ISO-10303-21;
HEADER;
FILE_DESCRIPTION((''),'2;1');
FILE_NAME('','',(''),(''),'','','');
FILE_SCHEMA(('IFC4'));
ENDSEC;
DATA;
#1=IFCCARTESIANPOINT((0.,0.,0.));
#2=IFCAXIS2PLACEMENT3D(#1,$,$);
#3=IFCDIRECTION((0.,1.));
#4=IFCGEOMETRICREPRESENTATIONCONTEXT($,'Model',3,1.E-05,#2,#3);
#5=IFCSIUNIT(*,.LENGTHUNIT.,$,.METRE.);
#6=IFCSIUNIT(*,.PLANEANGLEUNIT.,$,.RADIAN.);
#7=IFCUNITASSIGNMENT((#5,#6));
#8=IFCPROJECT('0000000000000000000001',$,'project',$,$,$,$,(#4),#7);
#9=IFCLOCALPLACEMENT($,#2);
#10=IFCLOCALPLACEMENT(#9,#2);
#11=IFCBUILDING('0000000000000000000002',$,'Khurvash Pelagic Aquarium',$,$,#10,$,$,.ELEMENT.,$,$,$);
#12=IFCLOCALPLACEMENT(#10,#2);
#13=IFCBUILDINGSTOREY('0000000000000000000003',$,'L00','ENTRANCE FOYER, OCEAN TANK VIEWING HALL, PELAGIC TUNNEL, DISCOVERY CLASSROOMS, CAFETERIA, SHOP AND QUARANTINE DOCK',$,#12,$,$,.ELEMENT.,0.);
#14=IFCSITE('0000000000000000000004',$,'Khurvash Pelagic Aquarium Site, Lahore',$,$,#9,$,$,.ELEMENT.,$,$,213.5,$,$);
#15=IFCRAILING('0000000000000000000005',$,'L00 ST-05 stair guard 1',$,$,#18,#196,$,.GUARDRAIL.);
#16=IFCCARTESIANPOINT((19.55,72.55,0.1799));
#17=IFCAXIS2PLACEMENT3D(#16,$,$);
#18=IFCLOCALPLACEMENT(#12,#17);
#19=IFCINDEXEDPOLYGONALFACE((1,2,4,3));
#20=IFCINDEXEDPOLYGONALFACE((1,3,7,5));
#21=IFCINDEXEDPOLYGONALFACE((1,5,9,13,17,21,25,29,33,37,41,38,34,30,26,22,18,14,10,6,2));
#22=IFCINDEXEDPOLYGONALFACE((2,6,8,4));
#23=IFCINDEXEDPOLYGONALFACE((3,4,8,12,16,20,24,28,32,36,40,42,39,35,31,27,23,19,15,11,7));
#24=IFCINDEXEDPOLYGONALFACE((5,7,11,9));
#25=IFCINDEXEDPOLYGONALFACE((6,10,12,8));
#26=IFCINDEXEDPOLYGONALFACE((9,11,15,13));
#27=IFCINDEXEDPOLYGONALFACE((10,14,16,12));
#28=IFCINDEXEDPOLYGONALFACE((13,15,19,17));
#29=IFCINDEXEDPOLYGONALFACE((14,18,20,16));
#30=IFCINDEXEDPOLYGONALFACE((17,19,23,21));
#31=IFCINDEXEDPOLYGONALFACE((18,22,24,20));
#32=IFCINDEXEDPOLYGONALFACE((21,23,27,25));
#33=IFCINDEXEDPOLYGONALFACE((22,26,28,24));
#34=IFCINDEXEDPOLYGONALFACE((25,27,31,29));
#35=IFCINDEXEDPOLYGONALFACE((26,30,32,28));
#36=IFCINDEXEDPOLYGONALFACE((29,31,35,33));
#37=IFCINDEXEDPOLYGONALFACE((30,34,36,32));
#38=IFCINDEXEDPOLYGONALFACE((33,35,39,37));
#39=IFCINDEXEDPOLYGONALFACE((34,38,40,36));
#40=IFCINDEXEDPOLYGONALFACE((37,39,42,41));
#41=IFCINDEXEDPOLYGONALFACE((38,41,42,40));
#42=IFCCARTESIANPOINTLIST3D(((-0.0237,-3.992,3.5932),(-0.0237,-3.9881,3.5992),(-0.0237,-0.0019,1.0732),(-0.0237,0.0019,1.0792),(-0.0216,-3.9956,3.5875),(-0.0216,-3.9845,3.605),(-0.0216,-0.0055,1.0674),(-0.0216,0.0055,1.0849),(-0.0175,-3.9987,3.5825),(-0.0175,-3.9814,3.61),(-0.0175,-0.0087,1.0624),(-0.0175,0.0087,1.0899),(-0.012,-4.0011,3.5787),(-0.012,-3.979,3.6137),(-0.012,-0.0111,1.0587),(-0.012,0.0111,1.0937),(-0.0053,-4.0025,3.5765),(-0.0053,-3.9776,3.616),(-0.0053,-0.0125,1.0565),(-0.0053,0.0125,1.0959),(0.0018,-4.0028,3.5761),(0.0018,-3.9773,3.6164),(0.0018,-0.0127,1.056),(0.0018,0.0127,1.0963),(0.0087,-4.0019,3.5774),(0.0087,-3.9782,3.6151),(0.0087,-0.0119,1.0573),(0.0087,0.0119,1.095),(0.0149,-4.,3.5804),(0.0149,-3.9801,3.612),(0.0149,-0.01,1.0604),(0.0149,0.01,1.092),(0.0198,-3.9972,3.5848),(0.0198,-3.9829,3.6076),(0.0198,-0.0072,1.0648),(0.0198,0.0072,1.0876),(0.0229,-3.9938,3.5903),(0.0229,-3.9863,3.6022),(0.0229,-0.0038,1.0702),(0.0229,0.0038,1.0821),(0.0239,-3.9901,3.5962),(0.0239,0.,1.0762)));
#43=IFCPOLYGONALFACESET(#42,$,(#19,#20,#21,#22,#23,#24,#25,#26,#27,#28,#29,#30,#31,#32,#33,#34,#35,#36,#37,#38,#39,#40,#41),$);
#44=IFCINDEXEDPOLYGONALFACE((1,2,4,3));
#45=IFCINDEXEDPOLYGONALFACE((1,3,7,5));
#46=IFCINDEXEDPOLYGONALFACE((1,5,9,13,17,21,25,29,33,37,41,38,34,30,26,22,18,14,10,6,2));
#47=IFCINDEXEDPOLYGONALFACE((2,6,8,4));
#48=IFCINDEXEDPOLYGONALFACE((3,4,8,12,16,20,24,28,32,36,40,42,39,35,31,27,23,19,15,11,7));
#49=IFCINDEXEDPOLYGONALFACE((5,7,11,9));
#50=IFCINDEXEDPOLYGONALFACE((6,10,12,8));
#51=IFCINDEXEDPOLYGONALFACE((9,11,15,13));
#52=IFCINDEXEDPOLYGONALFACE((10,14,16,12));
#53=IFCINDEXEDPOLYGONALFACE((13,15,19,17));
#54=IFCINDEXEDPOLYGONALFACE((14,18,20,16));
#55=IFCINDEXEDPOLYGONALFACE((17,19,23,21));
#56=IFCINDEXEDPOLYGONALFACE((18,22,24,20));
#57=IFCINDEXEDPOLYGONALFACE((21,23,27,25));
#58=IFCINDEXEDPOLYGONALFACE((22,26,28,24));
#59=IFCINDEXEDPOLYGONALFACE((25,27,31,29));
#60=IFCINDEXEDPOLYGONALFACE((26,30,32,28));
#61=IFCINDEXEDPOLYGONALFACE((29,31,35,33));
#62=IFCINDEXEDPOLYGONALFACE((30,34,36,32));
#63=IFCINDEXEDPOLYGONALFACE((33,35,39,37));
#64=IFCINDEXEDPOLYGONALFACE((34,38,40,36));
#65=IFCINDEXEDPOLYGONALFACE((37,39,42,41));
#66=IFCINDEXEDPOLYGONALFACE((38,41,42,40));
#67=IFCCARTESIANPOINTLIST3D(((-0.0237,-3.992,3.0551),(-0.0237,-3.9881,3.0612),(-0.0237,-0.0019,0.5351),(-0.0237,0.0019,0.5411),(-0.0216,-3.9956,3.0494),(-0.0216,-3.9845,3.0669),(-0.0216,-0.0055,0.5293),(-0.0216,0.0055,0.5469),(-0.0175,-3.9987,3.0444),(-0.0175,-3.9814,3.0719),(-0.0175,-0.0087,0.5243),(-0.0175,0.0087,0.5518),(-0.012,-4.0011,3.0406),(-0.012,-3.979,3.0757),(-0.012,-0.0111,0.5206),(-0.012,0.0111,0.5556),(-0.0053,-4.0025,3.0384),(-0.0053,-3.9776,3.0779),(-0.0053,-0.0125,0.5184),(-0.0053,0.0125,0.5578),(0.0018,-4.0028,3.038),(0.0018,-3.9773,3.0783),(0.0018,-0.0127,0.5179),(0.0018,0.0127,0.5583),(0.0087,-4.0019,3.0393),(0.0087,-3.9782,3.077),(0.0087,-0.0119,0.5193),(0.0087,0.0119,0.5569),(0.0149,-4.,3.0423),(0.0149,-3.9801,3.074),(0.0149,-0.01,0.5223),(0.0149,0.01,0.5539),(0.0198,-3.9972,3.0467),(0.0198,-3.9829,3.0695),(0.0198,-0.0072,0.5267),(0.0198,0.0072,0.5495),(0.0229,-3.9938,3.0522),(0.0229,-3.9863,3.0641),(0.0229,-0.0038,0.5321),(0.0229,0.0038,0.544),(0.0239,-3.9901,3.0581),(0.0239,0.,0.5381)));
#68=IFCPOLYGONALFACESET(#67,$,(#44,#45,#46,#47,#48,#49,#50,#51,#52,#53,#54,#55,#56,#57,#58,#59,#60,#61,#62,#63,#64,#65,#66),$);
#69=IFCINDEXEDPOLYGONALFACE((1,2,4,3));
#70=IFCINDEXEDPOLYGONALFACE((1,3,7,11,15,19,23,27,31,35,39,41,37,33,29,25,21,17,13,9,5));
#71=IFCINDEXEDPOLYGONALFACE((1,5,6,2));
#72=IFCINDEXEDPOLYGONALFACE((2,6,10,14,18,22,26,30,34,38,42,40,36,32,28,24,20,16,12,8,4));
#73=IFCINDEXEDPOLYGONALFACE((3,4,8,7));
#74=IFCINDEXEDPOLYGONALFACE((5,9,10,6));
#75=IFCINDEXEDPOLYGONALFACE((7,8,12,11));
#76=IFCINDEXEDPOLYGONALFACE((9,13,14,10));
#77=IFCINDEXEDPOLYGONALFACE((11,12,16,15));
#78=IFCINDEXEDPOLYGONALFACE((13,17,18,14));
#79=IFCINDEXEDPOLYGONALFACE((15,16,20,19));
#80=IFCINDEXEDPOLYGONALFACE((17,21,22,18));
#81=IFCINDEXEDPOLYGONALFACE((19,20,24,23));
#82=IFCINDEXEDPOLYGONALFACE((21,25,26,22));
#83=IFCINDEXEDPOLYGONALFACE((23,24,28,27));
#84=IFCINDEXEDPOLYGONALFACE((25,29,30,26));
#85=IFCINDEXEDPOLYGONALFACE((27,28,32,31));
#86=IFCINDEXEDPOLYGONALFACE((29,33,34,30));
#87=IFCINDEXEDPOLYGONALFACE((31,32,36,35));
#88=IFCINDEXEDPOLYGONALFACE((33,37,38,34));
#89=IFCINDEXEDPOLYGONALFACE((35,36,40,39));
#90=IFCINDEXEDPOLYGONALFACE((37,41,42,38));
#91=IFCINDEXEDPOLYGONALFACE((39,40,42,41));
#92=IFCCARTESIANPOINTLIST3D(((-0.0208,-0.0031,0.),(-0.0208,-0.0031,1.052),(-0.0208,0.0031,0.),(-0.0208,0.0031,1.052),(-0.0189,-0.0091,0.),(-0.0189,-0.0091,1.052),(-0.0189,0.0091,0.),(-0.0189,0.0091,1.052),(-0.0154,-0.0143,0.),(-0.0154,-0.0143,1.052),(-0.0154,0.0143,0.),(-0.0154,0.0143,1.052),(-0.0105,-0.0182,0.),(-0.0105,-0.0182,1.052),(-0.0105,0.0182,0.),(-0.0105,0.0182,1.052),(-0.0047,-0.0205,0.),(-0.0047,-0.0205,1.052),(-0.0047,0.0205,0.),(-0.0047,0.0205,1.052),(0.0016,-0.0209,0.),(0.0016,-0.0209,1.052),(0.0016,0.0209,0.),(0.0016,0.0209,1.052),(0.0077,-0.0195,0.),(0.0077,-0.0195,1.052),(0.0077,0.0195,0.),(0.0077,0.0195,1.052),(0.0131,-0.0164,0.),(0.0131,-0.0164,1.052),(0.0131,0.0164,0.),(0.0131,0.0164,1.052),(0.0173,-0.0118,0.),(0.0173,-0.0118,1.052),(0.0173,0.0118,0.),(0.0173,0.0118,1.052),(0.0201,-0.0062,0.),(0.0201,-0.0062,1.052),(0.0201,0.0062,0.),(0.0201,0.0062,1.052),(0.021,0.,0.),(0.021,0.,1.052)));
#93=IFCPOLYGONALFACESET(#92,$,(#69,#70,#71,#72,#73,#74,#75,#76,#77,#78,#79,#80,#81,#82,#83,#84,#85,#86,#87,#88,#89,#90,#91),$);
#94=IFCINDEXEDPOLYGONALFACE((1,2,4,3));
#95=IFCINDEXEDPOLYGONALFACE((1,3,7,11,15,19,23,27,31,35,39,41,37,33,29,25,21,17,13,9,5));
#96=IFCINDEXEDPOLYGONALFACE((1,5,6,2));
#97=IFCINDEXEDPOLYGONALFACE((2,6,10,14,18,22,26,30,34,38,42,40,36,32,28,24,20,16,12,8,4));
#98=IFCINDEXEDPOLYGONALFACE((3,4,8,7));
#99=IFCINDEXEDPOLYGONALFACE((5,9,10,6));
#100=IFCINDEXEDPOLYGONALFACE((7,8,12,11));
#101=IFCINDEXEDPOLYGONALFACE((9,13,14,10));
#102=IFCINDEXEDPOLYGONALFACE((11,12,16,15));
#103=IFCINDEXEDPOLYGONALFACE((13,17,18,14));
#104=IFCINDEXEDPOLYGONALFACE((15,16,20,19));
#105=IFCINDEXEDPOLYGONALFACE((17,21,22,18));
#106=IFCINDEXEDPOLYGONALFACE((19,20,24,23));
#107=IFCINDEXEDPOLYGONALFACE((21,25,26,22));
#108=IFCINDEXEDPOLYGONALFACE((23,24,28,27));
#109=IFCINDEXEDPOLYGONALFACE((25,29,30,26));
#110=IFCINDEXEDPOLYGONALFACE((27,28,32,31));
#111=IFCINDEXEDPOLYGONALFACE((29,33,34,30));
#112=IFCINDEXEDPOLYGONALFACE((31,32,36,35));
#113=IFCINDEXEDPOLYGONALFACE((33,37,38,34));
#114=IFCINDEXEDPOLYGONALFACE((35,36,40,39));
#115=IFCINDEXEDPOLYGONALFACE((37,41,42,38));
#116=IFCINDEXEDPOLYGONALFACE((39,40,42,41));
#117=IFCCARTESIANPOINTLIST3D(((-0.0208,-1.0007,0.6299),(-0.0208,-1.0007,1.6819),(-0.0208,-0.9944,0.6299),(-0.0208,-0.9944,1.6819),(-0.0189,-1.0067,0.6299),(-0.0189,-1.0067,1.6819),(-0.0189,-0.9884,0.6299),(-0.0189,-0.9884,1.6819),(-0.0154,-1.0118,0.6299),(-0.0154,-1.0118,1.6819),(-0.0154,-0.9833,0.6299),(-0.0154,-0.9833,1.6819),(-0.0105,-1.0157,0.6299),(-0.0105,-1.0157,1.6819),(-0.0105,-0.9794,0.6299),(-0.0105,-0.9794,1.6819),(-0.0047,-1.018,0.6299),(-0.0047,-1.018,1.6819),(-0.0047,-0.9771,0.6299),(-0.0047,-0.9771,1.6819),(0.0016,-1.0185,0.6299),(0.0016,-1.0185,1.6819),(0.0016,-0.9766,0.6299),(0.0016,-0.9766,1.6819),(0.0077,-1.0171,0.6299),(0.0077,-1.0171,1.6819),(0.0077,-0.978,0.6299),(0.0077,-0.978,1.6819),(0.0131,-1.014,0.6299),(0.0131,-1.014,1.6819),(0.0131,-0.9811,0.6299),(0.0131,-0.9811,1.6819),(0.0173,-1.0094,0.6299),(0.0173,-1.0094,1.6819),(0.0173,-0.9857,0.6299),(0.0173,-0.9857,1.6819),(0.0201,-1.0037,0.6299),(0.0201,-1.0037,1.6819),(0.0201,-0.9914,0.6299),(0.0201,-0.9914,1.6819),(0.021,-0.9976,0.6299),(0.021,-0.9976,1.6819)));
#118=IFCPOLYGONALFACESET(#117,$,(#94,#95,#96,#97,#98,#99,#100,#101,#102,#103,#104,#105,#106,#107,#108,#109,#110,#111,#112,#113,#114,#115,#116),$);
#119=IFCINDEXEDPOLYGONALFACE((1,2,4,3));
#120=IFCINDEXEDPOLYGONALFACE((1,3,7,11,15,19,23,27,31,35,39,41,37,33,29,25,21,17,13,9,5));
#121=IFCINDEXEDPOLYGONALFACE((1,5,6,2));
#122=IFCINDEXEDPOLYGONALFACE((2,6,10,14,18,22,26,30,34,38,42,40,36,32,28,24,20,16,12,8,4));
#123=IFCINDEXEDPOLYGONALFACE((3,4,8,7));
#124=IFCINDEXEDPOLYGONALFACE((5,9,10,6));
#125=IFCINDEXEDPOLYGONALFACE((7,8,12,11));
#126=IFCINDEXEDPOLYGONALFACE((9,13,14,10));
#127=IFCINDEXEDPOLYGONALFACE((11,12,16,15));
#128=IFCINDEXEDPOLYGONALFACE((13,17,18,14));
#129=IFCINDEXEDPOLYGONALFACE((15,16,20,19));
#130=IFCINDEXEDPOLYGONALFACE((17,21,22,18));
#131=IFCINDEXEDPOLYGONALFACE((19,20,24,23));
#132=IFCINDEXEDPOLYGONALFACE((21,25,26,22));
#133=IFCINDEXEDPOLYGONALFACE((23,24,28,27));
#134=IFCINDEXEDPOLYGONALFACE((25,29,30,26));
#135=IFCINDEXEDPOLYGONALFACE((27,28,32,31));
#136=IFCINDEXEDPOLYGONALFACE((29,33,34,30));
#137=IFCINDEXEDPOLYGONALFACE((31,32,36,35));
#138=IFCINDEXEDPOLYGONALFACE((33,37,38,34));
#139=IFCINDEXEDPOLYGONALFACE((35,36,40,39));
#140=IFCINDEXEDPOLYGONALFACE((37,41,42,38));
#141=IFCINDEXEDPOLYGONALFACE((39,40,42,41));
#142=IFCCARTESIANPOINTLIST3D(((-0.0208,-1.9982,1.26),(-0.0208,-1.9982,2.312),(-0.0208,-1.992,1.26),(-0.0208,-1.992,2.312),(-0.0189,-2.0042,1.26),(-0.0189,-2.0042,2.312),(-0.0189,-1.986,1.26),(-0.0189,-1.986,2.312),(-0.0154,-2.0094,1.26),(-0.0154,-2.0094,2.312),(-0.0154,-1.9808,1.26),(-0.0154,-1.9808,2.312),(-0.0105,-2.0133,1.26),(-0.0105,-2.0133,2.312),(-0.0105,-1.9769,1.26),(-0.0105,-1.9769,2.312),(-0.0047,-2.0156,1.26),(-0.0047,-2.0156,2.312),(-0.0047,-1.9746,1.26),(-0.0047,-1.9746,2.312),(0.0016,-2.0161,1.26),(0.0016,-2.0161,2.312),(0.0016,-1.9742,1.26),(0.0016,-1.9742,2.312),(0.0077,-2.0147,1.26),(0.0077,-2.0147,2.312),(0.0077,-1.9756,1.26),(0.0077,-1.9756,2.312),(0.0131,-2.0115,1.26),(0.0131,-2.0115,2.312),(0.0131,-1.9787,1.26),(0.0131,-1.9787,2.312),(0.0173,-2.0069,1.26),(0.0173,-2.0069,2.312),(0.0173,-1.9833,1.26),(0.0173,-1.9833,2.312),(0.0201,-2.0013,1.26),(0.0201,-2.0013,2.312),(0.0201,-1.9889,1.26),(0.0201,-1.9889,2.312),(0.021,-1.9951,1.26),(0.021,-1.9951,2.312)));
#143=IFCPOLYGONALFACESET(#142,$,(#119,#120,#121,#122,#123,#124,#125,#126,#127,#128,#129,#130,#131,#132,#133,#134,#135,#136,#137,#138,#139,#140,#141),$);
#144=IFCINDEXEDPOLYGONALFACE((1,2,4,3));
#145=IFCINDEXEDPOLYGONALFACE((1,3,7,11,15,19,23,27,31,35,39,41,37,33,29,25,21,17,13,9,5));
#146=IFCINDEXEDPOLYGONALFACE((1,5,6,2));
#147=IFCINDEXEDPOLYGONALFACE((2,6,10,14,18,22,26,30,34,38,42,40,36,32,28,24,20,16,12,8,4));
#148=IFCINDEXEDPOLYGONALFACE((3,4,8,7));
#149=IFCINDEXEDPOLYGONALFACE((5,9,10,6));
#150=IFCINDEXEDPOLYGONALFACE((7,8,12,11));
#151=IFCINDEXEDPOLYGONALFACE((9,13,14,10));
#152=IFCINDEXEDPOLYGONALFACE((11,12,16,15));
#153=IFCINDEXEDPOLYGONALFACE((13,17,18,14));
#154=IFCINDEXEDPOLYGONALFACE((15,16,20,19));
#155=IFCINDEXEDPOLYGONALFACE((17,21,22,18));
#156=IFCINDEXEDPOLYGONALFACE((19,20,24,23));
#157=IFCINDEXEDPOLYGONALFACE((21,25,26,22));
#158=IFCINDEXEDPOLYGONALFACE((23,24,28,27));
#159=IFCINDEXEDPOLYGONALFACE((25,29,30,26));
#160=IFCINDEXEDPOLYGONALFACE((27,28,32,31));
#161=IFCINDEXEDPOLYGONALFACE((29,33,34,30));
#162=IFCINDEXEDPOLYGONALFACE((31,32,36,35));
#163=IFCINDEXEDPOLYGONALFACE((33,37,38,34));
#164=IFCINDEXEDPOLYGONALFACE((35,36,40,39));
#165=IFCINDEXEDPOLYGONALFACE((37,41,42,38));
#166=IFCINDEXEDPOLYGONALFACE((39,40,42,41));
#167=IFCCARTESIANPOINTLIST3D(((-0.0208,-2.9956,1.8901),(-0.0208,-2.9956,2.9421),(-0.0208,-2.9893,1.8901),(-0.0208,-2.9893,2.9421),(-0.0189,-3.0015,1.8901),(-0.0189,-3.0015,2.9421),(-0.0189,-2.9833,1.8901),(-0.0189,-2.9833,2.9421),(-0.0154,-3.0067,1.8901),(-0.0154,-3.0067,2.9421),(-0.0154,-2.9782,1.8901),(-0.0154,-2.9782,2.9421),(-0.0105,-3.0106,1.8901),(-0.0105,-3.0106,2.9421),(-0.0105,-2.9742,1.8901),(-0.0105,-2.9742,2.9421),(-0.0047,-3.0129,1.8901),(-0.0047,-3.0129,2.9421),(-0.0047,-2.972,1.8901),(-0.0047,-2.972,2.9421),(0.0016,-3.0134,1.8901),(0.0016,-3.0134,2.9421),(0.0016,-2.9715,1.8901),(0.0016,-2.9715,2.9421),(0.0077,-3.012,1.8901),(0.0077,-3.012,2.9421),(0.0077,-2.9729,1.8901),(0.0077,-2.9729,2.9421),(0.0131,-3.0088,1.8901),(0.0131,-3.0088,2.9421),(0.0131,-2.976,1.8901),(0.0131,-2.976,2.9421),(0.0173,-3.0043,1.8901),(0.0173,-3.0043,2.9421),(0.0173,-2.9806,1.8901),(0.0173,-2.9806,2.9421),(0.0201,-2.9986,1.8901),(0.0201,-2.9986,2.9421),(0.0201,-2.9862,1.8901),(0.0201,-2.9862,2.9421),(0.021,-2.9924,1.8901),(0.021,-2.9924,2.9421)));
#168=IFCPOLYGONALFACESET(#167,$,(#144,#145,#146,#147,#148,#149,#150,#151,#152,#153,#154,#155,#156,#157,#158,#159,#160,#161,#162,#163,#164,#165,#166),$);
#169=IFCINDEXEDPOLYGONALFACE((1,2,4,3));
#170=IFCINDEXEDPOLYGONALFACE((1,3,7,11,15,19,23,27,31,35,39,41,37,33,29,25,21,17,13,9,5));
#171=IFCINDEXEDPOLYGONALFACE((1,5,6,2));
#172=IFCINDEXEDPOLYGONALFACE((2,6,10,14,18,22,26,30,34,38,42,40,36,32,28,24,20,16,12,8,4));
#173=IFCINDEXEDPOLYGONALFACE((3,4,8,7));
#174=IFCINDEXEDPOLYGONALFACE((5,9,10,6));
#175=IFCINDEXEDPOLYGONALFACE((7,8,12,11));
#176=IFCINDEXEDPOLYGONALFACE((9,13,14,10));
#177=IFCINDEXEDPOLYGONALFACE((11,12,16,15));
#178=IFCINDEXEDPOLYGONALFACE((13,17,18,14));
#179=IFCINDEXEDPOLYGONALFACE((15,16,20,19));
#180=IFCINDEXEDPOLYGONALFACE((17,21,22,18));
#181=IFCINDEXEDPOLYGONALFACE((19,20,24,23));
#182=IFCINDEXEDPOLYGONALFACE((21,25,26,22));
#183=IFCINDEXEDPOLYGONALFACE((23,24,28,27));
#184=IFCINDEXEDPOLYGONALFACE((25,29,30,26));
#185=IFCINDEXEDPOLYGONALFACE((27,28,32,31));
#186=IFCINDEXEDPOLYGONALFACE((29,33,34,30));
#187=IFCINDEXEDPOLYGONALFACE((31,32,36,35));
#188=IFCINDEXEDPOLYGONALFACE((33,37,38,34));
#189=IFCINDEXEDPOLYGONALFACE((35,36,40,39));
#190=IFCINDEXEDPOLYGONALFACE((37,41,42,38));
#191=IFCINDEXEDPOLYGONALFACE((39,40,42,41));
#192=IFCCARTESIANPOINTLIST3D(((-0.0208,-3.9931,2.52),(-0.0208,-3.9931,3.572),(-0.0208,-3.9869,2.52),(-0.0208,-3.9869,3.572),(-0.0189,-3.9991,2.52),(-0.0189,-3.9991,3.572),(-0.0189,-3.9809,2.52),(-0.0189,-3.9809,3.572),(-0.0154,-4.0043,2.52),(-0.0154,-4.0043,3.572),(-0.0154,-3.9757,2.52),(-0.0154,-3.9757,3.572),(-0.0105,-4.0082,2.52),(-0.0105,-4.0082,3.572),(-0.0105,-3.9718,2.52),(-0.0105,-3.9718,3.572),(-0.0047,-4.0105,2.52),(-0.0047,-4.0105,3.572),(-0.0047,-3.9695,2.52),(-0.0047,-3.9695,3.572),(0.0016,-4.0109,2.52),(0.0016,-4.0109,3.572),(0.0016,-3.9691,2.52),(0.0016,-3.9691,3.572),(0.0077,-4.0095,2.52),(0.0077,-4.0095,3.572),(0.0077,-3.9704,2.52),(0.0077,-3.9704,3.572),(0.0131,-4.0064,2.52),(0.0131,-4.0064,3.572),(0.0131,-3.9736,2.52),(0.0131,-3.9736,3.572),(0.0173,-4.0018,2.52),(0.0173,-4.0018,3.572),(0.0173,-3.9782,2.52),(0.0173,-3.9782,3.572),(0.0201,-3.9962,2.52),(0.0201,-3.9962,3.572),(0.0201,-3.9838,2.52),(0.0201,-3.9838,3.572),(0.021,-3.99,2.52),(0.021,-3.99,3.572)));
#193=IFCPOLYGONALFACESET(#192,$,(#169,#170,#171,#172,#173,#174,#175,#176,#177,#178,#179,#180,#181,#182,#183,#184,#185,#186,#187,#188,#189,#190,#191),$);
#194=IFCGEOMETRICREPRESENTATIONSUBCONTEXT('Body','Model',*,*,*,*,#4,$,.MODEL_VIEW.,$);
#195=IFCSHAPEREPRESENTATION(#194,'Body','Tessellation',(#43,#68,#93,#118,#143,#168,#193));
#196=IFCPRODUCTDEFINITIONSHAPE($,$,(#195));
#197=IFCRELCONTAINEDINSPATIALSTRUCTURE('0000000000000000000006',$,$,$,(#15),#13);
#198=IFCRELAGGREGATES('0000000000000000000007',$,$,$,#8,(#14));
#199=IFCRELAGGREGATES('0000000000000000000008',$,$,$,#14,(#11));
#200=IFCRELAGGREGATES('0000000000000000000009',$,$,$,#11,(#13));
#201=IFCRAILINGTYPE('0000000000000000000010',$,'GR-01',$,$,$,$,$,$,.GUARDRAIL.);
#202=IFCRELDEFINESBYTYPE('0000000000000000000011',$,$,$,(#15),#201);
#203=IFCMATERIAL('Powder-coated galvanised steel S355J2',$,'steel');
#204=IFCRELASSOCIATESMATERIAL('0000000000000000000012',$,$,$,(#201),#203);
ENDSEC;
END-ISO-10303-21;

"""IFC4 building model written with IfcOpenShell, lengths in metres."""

from ifc_helpers import new_model, si_unit, direction, frame, origin, origin_2d, place, context, subcontext, project, spatial, circle, extrude, material, type_object, element, save


model = new_model("IFC4")

# Units and contexts
model_context = context("Model", 3, precision=1e-05, world=origin(), true_north=direction((0.0, 1.0)))
body_context = subcontext(model_context, "Body", "Model", "MODEL_VIEW")
ifc_project = project(units=[si_unit("LENGTHUNIT", "METRE"), si_unit("PLANEANGLEUNIT", "RADIAN")], contexts=[model_context])

# Site, building, storey
site_placement = place(None, origin())
site = spatial("IfcSite", under=ifc_project, at=site_placement, Name="Khurvash Pelagic Aquarium Site, Lahore", CompositionType="ELEMENT", RefElevation=213.5)
building_placement = place(site_placement, origin())
building = spatial("IfcBuilding", under=site, at=building_placement, Name="Khurvash Pelagic Aquarium", CompositionType="ELEMENT")
storey_placement = place(building_placement, origin())
storey = spatial("IfcBuildingStorey", under=building, at=storey_placement, Name="L00", Description="ENTRANCE FOYER, OCEAN TANK VIEWING HALL, PELAGIC TUNNEL, DISCOVERY CLASSROOMS, CAFETERIA, SHOP AND QUARANTINE DOCK", CompositionType="ELEMENT", Elevation=0.0)

# Railing
ifc_material_1 = material(Name="Powder-coated galvanised steel S355J2", Category="steel")
railing_type_1 = type_object("IfcRailingType", Name="GR-01", PredefinedType="GUARDRAIL", material=ifc_material_1)
railing_1_placement = place(storey_placement, frame((19.55, 72.55, 0.1799)))
element("IfcRailing", 1, at=railing_1_placement, inside=storey, type_object=railing_type_1, Name="L00 ST-05 stair guard 1", PredefinedType="GUARDRAIL", context=body_context, shape_type="SweptSolid", body=[
    extrude(circle(Radius=0.0239, at=origin_2d()), frame((0.0, 0.0, 1.0762), z_axis=(0.0, -0.845486, 0.533997), x_axis=(1.0, 0.0, 0.0)), (0.0, 0.0, 1.0), 4.7192),
    extrude(circle(Radius=0.0239, at=origin_2d()), frame((0.0, 0.0, 0.5381), z_axis=(0.0, -0.845486, 0.533997), x_axis=(1.0, 0.0, 0.0)), (0.0, 0.0, 1.0), 4.7192),
    extrude(circle(Radius=0.021, at=origin_2d()), origin(), (0.0, 0.0, 1.0), 1.052),
    extrude(circle(Radius=0.021, at=origin_2d()), frame((0.0, -0.9976, 0.6299)), (0.0, 0.0, 1.0), 1.052),
    extrude(circle(Radius=0.021, at=origin_2d()), frame((0.0, -1.9951, 1.26)), (0.0, 0.0, 1.0), 1.052),
    extrude(circle(Radius=0.021, at=origin_2d()), frame((0.0, -2.9924, 1.8901)), (0.0, 0.0, 1.0), 1.052),
    extrude(circle(Radius=0.021, at=origin_2d()), frame((0.0, -3.99, 2.52)), (0.0, 0.0, 1.0), 1.052),
])

save(model, "model.ifc")
